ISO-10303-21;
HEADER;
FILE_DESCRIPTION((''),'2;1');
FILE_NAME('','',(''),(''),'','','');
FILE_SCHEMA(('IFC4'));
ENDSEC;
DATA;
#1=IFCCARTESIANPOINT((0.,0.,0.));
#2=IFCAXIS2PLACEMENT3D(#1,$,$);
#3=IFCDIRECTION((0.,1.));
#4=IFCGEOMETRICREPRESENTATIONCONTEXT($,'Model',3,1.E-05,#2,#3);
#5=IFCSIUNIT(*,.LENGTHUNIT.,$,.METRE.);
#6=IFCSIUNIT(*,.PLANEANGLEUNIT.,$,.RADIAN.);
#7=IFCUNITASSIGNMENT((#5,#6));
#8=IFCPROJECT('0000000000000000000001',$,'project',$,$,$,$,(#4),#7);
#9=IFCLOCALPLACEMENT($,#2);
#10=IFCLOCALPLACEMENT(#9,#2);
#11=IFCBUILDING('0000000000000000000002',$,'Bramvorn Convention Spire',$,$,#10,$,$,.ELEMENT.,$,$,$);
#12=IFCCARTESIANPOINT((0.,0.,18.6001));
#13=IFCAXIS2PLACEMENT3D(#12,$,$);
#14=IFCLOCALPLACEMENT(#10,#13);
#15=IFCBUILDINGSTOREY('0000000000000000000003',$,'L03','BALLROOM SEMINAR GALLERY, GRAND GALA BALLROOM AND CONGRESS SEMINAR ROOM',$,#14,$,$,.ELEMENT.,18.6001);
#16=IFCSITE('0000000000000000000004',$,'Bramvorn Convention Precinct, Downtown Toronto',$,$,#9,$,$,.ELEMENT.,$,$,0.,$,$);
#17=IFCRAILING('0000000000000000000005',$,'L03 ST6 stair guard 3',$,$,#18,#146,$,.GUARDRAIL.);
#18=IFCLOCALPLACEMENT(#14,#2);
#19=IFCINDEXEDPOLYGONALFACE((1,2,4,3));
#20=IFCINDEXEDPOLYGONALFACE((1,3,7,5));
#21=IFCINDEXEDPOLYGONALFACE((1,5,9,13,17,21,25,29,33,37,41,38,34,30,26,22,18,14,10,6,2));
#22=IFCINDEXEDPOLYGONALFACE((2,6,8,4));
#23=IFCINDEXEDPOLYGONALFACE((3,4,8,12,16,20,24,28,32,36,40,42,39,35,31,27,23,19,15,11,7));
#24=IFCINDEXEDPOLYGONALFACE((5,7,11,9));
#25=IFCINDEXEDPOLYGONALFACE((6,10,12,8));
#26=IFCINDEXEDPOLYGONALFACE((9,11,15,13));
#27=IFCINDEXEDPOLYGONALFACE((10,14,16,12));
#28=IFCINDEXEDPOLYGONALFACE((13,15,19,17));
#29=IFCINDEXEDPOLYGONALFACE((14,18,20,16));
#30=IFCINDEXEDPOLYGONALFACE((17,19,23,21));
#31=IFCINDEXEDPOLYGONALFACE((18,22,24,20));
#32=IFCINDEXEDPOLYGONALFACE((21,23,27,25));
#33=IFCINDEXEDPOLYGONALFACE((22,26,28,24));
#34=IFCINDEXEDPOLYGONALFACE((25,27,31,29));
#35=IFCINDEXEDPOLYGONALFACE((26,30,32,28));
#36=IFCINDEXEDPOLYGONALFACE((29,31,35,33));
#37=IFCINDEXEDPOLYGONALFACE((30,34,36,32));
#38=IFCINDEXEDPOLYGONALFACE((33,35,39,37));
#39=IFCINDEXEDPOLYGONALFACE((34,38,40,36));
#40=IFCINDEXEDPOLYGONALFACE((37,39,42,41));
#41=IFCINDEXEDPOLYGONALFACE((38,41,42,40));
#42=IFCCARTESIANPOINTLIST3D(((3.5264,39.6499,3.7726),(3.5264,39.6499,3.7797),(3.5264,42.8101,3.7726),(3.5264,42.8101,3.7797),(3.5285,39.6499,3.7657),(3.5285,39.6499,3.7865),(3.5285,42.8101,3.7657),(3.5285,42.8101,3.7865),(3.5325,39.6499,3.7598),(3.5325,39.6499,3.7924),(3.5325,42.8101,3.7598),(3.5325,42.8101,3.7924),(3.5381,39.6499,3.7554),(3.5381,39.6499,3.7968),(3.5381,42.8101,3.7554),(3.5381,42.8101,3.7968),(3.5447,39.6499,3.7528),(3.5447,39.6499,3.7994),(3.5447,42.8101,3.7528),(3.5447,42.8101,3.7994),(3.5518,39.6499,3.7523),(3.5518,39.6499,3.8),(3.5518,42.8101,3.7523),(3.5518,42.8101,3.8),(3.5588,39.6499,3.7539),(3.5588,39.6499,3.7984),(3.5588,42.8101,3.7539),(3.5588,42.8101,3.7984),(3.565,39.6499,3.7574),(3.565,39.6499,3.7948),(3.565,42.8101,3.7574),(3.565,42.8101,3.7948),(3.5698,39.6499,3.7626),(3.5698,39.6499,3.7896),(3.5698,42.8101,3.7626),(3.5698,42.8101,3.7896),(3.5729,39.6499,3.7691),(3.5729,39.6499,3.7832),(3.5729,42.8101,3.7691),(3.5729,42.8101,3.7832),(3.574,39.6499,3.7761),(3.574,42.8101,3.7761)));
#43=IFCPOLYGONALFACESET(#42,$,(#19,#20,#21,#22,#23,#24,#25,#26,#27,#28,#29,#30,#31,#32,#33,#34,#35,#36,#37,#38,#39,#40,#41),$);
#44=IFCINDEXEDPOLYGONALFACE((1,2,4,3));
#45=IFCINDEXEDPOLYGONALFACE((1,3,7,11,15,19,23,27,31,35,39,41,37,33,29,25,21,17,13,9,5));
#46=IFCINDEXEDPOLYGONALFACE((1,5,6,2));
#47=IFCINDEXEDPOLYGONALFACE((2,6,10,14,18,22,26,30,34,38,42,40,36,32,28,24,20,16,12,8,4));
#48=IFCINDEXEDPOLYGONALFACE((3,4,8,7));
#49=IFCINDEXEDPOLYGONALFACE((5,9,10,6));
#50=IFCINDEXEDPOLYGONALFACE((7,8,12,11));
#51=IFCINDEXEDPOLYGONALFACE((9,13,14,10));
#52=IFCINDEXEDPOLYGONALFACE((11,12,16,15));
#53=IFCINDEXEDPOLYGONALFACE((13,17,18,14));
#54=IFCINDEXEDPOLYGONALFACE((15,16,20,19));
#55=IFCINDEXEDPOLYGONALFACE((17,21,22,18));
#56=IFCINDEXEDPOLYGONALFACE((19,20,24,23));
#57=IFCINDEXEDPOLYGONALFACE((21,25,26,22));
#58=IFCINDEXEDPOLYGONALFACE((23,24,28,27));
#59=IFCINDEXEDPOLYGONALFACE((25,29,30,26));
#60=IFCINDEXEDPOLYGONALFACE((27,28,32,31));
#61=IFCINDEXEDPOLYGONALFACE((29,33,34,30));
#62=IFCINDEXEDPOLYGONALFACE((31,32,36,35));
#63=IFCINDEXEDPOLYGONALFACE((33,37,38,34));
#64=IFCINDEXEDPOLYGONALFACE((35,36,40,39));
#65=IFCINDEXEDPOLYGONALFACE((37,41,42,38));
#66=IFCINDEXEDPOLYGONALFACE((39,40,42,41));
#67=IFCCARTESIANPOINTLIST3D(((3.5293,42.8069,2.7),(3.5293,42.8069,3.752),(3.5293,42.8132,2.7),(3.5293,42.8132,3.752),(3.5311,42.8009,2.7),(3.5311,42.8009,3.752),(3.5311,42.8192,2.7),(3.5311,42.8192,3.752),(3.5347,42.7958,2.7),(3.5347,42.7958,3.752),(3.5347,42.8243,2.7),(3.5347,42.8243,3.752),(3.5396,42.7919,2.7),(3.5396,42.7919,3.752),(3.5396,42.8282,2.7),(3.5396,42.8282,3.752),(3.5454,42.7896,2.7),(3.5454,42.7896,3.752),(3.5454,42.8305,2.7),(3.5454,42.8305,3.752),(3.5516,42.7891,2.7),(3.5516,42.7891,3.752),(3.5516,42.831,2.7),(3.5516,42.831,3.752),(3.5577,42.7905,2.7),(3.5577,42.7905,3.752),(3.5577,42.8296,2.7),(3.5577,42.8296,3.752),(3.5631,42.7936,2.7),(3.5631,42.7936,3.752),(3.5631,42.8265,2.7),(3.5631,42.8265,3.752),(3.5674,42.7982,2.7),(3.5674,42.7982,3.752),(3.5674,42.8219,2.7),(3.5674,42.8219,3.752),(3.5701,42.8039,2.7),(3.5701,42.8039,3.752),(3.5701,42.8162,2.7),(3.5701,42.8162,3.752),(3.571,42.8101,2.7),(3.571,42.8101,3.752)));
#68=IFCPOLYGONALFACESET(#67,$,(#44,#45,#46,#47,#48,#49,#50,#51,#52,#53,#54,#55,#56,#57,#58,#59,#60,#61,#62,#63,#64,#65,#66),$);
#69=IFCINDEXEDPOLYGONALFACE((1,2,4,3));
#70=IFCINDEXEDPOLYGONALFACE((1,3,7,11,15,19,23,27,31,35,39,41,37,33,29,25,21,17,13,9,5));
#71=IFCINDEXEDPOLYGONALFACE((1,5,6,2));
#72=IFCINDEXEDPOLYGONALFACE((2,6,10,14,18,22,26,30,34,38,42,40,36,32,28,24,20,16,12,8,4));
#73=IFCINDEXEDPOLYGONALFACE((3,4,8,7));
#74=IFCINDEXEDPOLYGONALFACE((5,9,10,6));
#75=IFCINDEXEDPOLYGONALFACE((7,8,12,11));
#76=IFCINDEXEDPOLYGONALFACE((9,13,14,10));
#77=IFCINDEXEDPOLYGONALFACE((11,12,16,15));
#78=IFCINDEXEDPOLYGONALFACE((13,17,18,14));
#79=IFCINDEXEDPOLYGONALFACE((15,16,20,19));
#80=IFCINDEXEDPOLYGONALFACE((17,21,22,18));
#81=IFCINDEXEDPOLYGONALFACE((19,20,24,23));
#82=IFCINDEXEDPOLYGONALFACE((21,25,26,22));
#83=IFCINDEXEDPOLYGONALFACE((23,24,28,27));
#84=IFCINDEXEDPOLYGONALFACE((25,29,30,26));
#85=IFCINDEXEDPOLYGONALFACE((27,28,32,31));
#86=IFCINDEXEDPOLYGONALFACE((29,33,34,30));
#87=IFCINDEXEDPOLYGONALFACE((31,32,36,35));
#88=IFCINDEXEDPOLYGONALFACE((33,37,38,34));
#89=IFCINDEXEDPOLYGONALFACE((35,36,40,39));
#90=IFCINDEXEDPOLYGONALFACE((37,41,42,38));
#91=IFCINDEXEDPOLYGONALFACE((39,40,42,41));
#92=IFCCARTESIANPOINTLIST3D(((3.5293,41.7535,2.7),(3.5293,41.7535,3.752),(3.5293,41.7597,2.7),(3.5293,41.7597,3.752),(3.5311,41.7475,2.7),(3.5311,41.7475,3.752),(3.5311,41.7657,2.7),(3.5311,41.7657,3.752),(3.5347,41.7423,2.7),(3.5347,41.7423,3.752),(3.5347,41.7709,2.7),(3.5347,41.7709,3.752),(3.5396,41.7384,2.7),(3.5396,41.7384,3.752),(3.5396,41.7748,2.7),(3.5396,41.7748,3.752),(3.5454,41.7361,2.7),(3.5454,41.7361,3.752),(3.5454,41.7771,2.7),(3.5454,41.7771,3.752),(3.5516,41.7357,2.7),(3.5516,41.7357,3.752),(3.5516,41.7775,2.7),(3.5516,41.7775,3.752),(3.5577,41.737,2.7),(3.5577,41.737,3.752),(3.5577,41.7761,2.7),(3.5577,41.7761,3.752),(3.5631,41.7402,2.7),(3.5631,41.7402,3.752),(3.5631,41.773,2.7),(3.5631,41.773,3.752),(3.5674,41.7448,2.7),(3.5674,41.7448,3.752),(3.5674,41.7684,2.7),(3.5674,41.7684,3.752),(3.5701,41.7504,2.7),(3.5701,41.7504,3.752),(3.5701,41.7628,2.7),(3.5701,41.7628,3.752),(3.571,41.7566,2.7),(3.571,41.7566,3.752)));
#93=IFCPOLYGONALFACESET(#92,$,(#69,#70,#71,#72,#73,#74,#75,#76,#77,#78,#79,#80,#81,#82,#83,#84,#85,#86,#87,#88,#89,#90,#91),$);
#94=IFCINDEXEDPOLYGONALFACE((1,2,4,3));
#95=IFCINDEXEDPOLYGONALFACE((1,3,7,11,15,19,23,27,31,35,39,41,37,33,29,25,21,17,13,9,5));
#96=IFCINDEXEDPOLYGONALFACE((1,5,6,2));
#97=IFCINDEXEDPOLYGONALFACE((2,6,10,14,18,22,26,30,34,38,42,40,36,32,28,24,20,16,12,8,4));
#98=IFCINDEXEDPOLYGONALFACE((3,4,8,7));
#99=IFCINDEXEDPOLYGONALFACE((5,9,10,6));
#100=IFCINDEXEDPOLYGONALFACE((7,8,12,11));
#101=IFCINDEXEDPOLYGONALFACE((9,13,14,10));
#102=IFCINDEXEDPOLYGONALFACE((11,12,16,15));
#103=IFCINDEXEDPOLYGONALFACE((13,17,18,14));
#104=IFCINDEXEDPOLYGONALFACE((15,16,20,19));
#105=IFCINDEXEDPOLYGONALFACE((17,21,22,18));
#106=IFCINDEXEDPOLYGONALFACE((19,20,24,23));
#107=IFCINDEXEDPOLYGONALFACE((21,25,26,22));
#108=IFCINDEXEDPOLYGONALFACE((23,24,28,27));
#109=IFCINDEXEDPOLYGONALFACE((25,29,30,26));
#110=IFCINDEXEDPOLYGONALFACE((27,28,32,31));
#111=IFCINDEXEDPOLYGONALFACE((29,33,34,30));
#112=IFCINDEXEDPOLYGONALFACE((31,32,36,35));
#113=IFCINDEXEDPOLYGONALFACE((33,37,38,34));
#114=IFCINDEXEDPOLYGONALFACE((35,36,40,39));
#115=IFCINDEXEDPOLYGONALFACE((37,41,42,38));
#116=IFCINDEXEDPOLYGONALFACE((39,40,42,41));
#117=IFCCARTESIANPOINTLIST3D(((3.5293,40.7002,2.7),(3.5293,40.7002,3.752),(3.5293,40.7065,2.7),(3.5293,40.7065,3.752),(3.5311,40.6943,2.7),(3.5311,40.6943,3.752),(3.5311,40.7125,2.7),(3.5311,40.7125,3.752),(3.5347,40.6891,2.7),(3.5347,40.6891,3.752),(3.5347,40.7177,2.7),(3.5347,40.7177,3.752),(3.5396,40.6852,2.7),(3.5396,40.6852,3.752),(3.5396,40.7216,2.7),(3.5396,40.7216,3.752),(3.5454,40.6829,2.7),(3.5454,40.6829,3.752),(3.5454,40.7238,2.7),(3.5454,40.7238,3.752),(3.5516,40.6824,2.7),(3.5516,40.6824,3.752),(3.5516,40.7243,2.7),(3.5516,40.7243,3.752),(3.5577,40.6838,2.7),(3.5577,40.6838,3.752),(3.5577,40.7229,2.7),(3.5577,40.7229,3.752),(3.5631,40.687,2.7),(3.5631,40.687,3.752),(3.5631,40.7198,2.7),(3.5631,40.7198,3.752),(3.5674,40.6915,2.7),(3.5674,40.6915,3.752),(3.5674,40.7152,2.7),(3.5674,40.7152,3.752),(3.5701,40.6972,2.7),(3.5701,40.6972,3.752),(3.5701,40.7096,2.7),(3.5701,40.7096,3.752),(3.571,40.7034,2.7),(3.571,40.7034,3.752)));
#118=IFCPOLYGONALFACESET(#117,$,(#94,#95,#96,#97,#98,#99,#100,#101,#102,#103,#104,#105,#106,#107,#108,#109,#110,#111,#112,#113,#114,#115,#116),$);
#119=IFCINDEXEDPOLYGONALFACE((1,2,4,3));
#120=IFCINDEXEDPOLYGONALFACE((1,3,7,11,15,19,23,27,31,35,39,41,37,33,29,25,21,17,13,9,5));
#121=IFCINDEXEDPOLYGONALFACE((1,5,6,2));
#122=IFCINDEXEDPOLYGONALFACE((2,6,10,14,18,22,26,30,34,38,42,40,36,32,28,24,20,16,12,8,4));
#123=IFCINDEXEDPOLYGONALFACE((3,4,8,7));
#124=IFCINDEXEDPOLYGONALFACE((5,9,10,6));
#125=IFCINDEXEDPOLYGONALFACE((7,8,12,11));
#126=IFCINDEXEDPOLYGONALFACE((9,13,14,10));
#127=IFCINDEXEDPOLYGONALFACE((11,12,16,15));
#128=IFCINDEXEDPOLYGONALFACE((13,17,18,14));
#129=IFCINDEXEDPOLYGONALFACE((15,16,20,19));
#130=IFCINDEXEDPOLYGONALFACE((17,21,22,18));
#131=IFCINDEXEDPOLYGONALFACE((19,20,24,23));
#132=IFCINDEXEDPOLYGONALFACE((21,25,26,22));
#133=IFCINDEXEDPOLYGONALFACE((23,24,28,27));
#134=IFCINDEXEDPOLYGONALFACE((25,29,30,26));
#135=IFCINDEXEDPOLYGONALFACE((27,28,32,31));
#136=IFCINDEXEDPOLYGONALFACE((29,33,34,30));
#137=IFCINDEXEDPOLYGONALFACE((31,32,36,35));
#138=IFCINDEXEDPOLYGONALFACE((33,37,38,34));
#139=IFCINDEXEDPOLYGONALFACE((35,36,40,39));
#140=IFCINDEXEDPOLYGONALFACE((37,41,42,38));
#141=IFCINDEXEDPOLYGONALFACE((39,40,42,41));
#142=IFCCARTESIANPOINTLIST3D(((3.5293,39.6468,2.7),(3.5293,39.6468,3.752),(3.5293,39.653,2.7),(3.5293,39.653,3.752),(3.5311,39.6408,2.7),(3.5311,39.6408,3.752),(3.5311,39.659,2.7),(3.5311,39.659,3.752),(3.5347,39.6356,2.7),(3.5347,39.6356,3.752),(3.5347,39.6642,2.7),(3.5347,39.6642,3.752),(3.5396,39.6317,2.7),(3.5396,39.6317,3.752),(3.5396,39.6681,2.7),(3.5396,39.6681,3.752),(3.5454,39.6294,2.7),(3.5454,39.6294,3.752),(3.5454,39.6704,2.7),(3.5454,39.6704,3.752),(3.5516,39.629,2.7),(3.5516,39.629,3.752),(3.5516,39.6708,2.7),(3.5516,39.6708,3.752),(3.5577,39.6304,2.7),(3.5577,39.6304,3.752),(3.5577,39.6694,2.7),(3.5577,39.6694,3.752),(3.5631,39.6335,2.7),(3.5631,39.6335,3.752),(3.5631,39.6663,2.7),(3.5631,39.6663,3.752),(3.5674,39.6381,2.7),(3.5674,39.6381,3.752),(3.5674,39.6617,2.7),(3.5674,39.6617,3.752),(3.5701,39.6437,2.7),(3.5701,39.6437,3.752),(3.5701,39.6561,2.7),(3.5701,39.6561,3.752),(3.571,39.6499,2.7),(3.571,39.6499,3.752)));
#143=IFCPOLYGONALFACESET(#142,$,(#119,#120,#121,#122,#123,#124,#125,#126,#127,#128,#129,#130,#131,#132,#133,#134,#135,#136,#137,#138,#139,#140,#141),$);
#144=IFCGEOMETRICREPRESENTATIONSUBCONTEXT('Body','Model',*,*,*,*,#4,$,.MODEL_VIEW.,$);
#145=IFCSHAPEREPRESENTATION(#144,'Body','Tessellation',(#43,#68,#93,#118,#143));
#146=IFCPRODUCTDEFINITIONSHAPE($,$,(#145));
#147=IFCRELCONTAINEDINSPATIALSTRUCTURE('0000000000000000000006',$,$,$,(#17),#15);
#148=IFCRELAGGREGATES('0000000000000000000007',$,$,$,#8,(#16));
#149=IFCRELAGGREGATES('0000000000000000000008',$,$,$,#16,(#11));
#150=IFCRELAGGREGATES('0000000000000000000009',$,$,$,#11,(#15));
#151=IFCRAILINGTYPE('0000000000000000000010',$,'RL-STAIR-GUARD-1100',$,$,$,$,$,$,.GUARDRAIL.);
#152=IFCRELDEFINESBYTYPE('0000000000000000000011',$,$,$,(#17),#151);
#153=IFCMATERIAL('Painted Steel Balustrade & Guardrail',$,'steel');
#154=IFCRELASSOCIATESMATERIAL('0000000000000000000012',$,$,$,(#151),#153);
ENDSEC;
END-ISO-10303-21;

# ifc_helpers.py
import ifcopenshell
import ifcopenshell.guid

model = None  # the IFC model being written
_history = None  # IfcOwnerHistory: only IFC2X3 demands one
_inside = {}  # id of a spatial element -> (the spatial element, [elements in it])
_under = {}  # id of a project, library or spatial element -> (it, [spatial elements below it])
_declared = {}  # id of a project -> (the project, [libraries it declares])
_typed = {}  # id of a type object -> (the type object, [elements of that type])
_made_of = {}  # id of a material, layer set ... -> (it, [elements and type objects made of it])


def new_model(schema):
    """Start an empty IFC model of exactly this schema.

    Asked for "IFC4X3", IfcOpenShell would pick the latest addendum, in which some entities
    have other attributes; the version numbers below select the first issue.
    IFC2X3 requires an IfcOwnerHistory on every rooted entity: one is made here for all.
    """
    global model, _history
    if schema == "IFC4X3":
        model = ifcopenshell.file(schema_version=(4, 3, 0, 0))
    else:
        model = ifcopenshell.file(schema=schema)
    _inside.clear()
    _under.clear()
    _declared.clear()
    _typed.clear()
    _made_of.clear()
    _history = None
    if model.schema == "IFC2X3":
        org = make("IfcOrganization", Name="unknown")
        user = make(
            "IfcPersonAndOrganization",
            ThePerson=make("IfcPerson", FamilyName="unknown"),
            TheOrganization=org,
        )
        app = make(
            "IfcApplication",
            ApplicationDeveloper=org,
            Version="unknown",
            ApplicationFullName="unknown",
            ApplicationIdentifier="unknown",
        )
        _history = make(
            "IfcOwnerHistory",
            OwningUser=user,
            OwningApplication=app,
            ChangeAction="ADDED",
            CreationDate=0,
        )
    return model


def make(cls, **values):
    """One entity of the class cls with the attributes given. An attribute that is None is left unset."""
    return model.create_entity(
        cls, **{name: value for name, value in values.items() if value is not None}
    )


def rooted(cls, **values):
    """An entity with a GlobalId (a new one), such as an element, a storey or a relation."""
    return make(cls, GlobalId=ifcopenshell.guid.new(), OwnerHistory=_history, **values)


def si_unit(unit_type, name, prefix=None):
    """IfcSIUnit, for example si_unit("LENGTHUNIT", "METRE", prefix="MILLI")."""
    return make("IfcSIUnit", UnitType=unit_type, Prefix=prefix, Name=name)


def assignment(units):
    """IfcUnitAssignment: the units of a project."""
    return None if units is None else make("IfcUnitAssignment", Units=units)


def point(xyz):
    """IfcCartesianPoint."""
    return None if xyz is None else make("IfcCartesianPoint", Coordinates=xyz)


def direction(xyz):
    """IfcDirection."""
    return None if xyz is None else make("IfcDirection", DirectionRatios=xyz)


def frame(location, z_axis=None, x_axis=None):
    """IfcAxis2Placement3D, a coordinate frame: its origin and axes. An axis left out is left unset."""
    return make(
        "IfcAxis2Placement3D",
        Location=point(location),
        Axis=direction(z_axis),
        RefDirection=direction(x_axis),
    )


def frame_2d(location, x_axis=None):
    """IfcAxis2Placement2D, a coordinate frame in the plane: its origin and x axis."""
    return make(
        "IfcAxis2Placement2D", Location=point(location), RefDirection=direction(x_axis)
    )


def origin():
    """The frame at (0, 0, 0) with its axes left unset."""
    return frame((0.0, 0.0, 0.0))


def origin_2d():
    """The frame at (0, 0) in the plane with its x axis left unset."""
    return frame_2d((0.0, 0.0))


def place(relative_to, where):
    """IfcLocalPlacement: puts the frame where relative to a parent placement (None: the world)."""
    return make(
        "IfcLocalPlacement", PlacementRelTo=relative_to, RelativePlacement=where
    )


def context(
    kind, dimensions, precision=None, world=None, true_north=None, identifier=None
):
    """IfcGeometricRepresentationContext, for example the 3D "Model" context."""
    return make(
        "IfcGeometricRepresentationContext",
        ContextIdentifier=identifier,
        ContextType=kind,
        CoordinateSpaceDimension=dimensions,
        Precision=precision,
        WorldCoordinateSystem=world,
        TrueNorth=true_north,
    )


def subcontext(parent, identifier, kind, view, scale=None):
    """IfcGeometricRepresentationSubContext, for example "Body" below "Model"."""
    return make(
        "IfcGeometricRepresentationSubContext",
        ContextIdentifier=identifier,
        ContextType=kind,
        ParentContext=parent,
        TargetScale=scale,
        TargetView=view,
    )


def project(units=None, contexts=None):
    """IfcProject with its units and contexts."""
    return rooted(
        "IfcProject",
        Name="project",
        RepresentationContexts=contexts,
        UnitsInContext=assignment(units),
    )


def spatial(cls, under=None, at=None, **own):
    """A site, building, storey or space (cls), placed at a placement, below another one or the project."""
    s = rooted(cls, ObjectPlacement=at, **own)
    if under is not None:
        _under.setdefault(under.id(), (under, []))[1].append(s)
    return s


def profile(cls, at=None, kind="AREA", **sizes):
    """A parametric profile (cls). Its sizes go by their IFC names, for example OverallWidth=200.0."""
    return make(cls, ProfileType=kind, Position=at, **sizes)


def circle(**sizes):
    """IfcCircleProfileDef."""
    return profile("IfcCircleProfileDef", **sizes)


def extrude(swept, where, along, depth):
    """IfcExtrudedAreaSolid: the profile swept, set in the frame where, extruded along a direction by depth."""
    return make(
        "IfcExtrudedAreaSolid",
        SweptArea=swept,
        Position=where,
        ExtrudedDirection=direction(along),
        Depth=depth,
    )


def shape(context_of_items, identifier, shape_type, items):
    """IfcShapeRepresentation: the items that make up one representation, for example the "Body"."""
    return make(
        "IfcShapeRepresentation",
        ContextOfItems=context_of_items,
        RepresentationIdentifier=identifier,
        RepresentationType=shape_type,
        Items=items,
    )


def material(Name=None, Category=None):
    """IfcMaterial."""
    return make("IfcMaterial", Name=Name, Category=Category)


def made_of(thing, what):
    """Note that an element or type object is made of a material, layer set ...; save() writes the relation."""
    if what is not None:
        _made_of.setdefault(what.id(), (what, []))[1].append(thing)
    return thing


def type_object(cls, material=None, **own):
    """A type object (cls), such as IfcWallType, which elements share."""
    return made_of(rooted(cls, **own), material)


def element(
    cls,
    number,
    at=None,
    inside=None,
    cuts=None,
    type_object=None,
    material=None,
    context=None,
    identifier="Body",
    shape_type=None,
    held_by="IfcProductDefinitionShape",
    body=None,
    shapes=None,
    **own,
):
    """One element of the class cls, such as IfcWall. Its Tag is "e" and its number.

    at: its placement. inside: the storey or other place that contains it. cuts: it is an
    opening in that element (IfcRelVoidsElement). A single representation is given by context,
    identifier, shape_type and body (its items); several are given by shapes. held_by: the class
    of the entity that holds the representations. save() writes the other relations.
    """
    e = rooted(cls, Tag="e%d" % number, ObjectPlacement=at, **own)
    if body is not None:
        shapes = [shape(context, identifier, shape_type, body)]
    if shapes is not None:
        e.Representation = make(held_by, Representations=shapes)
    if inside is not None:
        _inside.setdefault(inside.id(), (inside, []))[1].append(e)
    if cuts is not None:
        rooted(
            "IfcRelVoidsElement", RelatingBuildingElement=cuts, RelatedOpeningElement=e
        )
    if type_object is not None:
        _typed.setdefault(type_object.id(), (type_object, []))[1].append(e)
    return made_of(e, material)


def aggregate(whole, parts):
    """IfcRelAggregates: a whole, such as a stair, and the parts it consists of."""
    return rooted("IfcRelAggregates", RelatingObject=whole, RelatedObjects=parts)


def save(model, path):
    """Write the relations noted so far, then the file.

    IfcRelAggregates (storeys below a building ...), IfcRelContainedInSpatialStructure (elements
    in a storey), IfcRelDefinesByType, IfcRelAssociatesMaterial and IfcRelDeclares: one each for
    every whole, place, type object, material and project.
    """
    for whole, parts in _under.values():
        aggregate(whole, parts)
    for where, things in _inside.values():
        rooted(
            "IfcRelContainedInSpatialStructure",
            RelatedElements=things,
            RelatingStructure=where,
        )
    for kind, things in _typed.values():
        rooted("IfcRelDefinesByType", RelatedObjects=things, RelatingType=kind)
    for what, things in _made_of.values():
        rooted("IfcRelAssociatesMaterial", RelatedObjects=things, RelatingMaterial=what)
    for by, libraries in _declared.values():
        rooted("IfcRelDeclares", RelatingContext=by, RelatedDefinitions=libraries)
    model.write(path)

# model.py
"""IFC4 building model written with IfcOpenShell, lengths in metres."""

from ifc_helpers import new_model, si_unit, direction, frame, origin, origin_2d, place, context, subcontext, project, spatial, circle, extrude, material, type_object, element, save


model = new_model("IFC4")

# Units and contexts
model_context = context("Model", 3, precision=1e-05, world=origin(), true_north=direction((0.0, 1.0)))
body_context = subcontext(model_context, "Body", "Model", "MODEL_VIEW")
ifc_project = project(units=[si_unit("LENGTHUNIT", "METRE"), si_unit("PLANEANGLEUNIT", "RADIAN")], contexts=[model_context])

# Site, building, storey
site_placement = place(None, origin())
site = spatial("IfcSite", under=ifc_project, at=site_placement, Name="Bramvorn Convention Precinct, Downtown Toronto", CompositionType="ELEMENT", RefElevation=0.0)
building_placement = place(site_placement, origin())
building = spatial("IfcBuilding", under=site, at=building_placement, Name="Bramvorn Convention Spire", CompositionType="ELEMENT")
storey_placement = place(building_placement, frame((0.0, 0.0, 18.6001)))
storey = spatial("IfcBuildingStorey", under=building, at=storey_placement, Name="L03", Description="BALLROOM SEMINAR GALLERY, GRAND GALA BALLROOM AND CONGRESS SEMINAR ROOM", CompositionType="ELEMENT", Elevation=18.6001)

# Railing
ifc_material_1 = material(Name="Painted Steel Balustrade & Guardrail", Category="steel")
railing_type = type_object("IfcRailingType", Name="RL-STAIR-GUARD-1100", PredefinedType="GUARDRAIL", material=ifc_material_1)
for number, where, name in (
    (1, (3.55, 42.8101, 2.7), "L03 ST6 stair guard 3"),
):
    element("IfcRailing", number, at=place(storey_placement, frame(where)), inside=storey, type_object=railing_type, Name=name, PredefinedType="GUARDRAIL", context=body_context, shape_type="SweptSolid", body=[
        extrude(circle(Radius=0.0239, at=origin_2d()), frame((0.0, 0.0, 1.0762), z_axis=(0.0, -1.0, 0.0), x_axis=(1.0, 0.0, 0.0)), (0.0, 0.0, 1.0), 3.1602),
        extrude(circle(Radius=0.021, at=origin_2d()), origin(), (0.0, 0.0, 1.0), 1.052),
        extrude(circle(Radius=0.021, at=origin_2d()), frame((0.0, -1.0535, 0.0)), (0.0, 0.0, 1.0), 1.052),
        extrude(circle(Radius=0.021, at=origin_2d()), frame((0.0, -2.1067, 0.0)), (0.0, 0.0, 1.0), 1.052),
        extrude(circle(Radius=0.021, at=origin_2d()), frame((0.0, -3.1602, 0.0)), (0.0, 0.0, 1.0), 1.052),
    ])

save(model, "model.ifc")
